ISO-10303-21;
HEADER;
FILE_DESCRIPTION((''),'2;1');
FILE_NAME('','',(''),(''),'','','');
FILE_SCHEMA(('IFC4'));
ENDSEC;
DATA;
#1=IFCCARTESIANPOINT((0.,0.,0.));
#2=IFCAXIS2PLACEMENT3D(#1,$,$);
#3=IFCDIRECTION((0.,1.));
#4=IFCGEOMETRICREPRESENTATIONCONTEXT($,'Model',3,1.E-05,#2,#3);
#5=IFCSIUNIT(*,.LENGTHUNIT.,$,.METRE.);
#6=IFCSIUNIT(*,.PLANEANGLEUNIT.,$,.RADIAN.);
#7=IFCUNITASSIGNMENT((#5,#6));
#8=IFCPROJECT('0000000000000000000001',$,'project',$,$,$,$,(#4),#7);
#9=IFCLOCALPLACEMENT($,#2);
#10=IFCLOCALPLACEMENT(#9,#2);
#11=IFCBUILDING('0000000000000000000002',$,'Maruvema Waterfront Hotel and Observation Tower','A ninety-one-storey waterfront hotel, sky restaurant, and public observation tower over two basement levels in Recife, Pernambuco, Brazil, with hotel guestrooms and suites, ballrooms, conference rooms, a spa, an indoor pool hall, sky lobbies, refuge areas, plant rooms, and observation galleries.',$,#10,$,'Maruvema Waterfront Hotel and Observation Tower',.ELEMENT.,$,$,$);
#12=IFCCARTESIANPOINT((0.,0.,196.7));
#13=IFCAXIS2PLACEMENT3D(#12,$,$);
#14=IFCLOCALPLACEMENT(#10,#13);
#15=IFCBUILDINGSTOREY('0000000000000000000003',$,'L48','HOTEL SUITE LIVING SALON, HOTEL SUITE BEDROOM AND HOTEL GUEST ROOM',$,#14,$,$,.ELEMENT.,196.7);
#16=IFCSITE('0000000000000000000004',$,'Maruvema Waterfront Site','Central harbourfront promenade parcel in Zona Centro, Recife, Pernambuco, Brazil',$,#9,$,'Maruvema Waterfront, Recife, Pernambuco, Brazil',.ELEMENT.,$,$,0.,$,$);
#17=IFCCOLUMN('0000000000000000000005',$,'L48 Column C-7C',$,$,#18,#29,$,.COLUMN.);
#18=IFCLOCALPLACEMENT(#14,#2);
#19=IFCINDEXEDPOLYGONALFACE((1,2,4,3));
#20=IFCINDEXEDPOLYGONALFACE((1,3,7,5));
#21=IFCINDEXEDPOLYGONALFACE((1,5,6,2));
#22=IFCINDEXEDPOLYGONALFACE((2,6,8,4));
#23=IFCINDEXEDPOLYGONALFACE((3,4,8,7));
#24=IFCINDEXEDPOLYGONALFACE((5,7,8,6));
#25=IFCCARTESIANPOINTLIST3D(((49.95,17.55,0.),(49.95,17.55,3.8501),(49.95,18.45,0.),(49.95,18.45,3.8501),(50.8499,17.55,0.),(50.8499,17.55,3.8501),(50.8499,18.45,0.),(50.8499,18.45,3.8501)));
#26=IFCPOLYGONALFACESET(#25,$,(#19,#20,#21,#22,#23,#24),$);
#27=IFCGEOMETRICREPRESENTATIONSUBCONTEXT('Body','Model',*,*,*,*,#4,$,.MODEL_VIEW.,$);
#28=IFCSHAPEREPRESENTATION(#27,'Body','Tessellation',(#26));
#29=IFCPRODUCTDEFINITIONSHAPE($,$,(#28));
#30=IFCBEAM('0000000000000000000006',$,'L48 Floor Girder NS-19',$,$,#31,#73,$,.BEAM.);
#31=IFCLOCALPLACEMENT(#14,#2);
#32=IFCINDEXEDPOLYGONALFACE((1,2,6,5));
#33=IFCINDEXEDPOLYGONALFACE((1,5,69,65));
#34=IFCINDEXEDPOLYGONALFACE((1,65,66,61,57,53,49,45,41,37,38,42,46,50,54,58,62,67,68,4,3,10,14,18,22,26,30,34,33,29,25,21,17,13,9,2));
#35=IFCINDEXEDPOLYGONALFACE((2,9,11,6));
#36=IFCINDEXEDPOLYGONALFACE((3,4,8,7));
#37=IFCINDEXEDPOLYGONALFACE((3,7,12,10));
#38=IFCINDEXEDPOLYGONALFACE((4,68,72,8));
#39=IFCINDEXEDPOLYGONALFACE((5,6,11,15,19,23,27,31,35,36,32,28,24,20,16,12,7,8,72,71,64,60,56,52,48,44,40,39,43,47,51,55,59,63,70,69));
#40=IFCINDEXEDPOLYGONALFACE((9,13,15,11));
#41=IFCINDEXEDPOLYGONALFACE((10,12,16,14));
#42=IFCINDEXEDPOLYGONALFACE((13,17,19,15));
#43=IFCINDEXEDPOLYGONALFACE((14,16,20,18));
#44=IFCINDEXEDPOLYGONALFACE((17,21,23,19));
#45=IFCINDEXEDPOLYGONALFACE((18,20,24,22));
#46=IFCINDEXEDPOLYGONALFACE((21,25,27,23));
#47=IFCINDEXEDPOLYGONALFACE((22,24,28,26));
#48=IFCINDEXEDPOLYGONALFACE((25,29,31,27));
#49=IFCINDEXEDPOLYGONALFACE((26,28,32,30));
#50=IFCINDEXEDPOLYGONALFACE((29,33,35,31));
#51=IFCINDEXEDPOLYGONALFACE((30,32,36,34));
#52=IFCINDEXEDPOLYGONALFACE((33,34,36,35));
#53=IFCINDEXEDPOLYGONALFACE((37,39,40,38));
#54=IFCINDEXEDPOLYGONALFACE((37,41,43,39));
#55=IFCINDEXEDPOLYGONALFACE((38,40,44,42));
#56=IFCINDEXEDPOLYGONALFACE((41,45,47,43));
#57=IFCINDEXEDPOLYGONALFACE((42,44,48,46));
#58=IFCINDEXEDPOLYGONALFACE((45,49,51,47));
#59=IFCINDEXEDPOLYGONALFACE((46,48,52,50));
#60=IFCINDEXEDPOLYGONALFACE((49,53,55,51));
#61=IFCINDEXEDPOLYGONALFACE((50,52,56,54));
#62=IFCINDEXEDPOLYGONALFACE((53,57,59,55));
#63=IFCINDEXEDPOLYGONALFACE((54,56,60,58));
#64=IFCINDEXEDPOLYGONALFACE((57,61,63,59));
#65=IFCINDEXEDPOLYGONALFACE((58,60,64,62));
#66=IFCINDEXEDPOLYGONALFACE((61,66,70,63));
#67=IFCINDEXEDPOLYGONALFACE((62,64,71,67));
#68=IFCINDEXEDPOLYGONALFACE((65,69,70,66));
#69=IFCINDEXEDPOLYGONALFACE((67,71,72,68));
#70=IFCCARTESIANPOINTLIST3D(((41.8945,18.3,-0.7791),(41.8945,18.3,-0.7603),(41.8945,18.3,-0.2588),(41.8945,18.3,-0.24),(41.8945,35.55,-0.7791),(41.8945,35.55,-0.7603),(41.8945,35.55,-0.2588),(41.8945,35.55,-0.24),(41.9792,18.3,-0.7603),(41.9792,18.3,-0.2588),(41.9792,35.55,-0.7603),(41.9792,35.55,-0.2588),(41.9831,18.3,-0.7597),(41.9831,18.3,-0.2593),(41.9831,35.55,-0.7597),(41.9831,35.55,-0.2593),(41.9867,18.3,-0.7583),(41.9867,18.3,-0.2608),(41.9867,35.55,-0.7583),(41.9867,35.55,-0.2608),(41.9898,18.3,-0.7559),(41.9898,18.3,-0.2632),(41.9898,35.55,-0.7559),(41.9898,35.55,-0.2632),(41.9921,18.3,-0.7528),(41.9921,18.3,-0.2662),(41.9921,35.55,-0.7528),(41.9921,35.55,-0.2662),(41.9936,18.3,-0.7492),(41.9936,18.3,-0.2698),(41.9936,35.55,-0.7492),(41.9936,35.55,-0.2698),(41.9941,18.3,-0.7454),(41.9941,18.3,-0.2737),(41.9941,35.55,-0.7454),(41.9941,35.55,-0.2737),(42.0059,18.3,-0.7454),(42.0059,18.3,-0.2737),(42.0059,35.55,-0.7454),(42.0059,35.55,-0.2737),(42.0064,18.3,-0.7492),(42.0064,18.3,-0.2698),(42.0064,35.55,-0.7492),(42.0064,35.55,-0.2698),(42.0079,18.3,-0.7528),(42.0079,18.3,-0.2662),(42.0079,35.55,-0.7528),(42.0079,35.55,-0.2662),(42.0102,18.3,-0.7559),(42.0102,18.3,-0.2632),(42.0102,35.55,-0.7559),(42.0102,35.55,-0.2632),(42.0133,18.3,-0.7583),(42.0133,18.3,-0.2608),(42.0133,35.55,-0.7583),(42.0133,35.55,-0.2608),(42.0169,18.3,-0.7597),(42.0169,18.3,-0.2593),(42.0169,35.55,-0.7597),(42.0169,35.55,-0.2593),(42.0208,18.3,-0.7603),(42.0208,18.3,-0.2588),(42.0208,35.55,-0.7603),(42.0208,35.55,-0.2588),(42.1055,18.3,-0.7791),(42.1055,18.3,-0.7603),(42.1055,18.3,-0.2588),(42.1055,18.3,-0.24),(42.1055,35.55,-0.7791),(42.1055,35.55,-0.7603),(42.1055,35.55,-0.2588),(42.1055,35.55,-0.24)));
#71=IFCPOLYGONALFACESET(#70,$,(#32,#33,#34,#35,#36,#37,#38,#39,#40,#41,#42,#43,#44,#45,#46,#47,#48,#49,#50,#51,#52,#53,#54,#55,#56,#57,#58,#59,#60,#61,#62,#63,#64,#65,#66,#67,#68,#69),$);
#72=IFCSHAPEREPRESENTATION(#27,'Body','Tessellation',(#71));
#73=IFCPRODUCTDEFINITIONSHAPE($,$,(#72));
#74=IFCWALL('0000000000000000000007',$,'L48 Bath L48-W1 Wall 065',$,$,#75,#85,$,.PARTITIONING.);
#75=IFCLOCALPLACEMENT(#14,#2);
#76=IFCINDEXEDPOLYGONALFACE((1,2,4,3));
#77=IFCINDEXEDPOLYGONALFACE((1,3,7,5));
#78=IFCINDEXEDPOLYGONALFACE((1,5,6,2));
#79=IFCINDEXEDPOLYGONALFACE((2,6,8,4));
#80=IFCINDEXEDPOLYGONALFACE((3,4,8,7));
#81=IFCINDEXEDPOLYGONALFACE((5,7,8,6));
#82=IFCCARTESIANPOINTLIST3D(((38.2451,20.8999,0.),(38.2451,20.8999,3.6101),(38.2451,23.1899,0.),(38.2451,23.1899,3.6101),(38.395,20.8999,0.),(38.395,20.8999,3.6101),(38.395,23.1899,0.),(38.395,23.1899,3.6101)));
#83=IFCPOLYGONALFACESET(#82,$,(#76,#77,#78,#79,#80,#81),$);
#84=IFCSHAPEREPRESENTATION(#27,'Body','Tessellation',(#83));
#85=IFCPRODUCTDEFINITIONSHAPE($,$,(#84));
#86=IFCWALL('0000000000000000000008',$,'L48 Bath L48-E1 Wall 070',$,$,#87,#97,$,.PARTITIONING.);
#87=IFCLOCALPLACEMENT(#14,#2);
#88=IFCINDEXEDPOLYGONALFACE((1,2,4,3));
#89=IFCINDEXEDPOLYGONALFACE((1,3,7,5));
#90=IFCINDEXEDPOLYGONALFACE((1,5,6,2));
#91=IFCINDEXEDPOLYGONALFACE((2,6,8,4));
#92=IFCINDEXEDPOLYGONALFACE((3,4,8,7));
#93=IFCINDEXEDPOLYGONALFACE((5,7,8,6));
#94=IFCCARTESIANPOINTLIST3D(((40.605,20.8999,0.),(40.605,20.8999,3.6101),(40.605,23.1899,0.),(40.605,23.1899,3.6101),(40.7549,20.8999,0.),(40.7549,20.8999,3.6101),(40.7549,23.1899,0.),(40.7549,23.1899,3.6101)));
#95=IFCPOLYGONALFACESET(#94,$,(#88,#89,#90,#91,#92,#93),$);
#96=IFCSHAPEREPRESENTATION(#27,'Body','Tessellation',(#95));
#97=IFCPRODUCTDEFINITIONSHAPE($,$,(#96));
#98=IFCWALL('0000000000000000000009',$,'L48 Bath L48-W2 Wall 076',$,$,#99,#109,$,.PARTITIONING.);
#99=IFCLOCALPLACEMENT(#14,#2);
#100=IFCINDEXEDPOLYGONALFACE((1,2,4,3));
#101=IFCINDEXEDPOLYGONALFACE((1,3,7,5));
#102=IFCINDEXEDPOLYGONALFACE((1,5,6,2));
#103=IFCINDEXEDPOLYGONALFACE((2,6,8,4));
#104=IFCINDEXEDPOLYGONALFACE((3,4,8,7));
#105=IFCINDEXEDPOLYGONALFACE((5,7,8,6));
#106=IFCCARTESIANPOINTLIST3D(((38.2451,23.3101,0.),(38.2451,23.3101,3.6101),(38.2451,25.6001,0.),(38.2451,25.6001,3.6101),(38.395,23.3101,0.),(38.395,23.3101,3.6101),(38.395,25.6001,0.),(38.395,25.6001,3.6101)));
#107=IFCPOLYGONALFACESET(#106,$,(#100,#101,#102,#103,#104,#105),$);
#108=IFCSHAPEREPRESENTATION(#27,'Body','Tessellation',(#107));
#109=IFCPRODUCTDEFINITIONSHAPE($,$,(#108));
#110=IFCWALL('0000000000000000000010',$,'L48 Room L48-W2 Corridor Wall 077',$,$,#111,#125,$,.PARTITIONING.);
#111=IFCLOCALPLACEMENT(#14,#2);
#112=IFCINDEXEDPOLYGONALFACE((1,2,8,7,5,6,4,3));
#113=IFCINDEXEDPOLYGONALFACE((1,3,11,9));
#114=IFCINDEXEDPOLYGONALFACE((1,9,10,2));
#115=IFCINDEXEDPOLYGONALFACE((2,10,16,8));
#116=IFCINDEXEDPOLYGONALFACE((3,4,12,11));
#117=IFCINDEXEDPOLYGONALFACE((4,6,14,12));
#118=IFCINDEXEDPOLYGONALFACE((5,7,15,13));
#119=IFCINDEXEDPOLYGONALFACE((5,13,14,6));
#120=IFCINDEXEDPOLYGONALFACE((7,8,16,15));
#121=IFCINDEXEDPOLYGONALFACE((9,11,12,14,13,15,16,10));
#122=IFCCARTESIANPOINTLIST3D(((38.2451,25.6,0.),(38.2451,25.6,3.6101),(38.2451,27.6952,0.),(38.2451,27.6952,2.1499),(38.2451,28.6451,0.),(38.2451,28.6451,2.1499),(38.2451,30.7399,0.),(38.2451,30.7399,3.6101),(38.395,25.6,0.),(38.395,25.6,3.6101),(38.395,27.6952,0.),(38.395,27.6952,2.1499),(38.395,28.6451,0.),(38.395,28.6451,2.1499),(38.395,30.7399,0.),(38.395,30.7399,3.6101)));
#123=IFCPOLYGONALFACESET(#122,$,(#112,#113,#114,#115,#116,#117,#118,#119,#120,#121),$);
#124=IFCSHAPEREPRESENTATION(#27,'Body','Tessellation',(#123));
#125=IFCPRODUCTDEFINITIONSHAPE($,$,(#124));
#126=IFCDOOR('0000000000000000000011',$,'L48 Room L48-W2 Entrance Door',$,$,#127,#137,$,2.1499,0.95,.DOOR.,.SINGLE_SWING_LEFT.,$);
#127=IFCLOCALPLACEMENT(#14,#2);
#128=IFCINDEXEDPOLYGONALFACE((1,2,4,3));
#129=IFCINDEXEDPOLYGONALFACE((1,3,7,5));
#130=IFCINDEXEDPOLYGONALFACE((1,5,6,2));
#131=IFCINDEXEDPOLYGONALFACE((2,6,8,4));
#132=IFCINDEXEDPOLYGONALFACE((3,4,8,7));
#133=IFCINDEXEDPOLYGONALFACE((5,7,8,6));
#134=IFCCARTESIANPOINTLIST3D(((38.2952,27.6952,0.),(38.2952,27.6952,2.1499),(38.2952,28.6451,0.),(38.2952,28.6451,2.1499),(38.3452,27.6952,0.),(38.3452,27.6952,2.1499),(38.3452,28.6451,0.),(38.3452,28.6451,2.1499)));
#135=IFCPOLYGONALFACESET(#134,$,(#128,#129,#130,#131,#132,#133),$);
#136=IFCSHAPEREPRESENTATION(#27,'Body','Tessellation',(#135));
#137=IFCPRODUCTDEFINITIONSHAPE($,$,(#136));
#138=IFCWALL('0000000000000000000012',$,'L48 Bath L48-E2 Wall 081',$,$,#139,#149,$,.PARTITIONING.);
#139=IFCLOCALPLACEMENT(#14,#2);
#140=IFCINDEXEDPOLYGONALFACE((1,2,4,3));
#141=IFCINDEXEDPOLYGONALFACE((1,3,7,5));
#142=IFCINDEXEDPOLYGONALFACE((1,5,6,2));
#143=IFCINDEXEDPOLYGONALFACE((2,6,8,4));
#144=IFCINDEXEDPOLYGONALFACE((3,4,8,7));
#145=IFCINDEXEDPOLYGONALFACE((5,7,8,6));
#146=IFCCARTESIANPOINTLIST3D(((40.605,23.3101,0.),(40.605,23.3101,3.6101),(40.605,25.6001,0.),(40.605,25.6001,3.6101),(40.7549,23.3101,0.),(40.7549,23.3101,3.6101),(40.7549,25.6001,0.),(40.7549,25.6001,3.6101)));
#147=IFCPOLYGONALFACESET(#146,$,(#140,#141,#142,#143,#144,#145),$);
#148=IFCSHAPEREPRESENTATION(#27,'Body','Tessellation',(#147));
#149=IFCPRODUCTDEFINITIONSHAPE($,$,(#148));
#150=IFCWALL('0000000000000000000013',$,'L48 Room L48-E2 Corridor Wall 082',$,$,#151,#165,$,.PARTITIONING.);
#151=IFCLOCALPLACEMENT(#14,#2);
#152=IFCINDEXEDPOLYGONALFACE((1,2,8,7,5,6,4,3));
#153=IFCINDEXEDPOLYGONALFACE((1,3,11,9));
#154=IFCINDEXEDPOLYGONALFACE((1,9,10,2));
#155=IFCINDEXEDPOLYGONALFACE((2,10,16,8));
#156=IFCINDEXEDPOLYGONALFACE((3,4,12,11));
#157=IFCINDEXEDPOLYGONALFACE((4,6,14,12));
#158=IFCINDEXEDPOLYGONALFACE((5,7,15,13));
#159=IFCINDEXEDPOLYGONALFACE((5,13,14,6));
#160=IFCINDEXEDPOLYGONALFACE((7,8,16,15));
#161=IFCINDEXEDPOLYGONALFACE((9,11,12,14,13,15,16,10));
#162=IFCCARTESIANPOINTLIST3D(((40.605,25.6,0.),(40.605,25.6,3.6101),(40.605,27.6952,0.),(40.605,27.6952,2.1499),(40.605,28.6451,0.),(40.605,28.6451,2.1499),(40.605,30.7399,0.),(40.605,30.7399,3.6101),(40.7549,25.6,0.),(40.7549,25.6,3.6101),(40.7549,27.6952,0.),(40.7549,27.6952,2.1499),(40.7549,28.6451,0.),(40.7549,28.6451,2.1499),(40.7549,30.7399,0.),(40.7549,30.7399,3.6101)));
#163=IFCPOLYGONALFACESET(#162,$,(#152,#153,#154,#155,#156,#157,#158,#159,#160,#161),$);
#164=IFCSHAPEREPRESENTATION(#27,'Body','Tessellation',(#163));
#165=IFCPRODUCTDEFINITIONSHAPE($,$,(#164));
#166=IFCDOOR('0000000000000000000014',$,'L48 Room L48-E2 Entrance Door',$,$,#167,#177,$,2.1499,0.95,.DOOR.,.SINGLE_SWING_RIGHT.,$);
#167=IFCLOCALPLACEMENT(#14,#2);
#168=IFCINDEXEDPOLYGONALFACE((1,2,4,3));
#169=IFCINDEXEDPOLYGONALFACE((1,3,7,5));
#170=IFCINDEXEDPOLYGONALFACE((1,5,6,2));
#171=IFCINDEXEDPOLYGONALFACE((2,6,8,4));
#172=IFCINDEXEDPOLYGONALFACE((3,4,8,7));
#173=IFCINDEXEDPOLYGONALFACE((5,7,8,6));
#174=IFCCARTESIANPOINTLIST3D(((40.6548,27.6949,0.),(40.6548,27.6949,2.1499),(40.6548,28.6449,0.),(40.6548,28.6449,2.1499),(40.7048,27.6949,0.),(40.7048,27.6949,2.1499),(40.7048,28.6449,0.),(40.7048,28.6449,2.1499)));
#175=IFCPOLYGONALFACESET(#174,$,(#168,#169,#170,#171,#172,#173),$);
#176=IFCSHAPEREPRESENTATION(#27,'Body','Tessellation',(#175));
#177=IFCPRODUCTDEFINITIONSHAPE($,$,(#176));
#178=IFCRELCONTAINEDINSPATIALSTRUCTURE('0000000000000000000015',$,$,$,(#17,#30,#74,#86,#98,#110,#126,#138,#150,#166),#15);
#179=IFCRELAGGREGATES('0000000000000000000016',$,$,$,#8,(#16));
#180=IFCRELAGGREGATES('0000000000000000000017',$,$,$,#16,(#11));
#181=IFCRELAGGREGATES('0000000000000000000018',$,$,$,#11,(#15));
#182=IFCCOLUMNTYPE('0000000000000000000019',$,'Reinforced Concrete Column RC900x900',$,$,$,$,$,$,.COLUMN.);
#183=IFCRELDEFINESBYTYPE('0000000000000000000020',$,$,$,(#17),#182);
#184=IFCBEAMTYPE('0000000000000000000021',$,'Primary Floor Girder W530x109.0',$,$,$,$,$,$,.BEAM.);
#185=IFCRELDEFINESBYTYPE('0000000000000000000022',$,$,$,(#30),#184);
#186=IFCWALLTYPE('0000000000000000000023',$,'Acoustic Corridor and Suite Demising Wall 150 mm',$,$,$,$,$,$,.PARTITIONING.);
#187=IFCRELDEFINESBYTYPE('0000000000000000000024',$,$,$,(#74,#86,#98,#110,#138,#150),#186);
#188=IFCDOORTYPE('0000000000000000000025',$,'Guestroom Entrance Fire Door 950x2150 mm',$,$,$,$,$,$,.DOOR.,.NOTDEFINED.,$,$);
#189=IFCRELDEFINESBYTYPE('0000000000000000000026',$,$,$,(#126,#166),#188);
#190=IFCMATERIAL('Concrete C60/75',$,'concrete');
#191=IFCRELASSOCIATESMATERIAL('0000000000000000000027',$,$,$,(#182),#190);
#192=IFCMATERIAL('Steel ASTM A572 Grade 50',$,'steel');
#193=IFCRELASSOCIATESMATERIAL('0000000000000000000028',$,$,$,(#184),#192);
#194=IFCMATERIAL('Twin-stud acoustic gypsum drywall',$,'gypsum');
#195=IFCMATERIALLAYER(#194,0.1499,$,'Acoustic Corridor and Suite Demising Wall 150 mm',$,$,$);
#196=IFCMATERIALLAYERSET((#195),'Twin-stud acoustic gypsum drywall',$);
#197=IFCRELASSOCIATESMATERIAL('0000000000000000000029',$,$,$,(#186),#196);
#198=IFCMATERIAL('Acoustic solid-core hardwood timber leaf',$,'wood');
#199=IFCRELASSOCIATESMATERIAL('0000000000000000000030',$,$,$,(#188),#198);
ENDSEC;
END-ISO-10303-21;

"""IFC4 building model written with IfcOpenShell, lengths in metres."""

from ifc_helpers import new_model, si_unit, direction, frame, frame_2d, origin, origin_2d, place, context, subcontext, project, spatial, rectangle, i_section, extrude, material, layer, layer_set, material_profile, profile_set, type_object, element, fill, save


model = new_model("IFC4")

# Units and contexts
model_context = context("Model", 3, precision=1e-05, world=origin(), true_north=direction((0.0, 1.0)))
body_context = subcontext(model_context, "Body", "Model", "MODEL_VIEW")
ifc_project = project(units=[si_unit("LENGTHUNIT", "METRE"), si_unit("PLANEANGLEUNIT", "RADIAN")], contexts=[model_context])

# Site, building, storey
site_placement = place(None, origin())
site = spatial("IfcSite", under=ifc_project, at=site_placement, Name="Maruvema Waterfront Site", Description="Central harbourfront promenade parcel in Zona Centro, Recife, Pernambuco, Brazil", LongName="Maruvema Waterfront, Recife, Pernambuco, Brazil", CompositionType="ELEMENT", RefElevation=0.0)
building_placement = place(site_placement, origin())
building = spatial("IfcBuilding", under=site, at=building_placement, Name="Maruvema Waterfront Hotel and Observation Tower", Description="A ninety-one-storey waterfront hotel, sky restaurant, and public observation tower over two basement levels in Recife, Pernambuco, Brazil, with hotel guestrooms and suites, ballrooms, conference rooms, a spa, an indoor pool hall, sky lobbies, refuge areas, plant rooms, and observation galleries.", LongName="Maruvema Waterfront Hotel and Observation Tower", CompositionType="ELEMENT")
storey_placement = place(building_placement, frame((0.0, 0.0, 196.7)))
storey = spatial("IfcBuildingStorey", under=building, at=storey_placement, Name="L48", Description="HOTEL SUITE LIVING SALON, HOTEL SUITE BEDROOM AND HOTEL GUEST ROOM", CompositionType="ELEMENT", Elevation=196.7)

# Column
ifc_material_1 = material(Name="Concrete C60/75", Category="concrete")
ifc_material_profile_1 = material_profile(ifc_material_1, rectangle(XDim=0.8999, YDim=0.8999, at=origin_2d()), Name="RC900x900")
ifc_profile_set_1 = profile_set([ifc_material_profile_1], Name="Concrete C60/75")
column_type = type_object("IfcColumnType", Name="Reinforced Concrete Column RC900x900", PredefinedType="COLUMN", material=ifc_profile_set_1)
column_placement = place(storey_placement, frame((50.3999, 18.0, 0.0), z_axis=(0.0, 0.0, 1.0), x_axis=(1.0, 0.0, 0.0)))
element("IfcColumn", 1, at=column_placement, inside=storey, type_object=column_type, Name="L48 Column C-7C", PredefinedType="COLUMN", context=body_context, shape_type="SweptSolid", body=[
    extrude(rectangle(XDim=0.8999, YDim=0.8999, at=origin_2d()), origin(), (0.0, 0.0, 1.0), 3.8501),
])

# Beam
ifc_material_2 = material(Name="Steel ASTM A572 Grade 50", Category="steel")
ifc_material_profile_2 = material_profile(ifc_material_2, i_section(OverallWidth=0.2109, OverallDepth=0.5391, WebThickness=0.0117, FlangeThickness=0.0188, FilletRadius=0.0149, at=origin_2d()), Name="W530x109.0")
ifc_profile_set_2 = profile_set([ifc_material_profile_2], Name="Steel ASTM A572 Grade 50")
beam_type = type_object("IfcBeamType", Name="Primary Floor Girder W530x109.0", PredefinedType="BEAM", material=ifc_profile_set_2)
beam_placement = place(storey_placement, frame((42.0, 18.3, -0.5095), z_axis=(0.0, 1.0, 0.0), x_axis=(-1.0, 0.0, 0.0)))
element("IfcBeam", 2, at=beam_placement, inside=storey, type_object=beam_type, Name="L48 Floor Girder NS-19", PredefinedType="BEAM", context=body_context, shape_type="SweptSolid", body=[
    extrude(i_section(OverallWidth=0.2109, OverallDepth=0.5391, WebThickness=0.0117, FlangeThickness=0.0188, FilletRadius=0.0149, at=origin_2d()), origin(), (0.0, 0.0, 1.0), 17.25),
])

# Walls
ifc_material_3 = material(Name="Twin-stud acoustic gypsum drywall", Category="gypsum")
ifc_layer_1 = layer(ifc_material_3, 0.1499, Name="Acoustic Corridor and Suite Demising Wall 150 mm")
ifc_layer_set_1 = layer_set([ifc_layer_1], Name="Twin-stud acoustic gypsum drywall")
wall_type_1 = type_object("IfcWallType", Name="Acoustic Corridor and Suite Demising Wall 150 mm", PredefinedType="PARTITIONING", material=ifc_layer_set_1)
for number, where, z_axis, x_axis, name in (
    (3, (38.3201, 20.8999, 0.0), (0.0, 0.0, 1.0), (0.0, 1.0, 0.0), "L48 Bath L48-W1 Wall 065"),
    (4, (40.6799, 20.8999, 0.0), (0.0, 0.0, 1.0), (0.0, 1.0, 0.0), "L48 Bath L48-E1 Wall 070"),
    (5, (38.3201, 23.3101, 0.0), (0.0, 0.0, 1.0), (0.0, 1.0, 0.0), "L48 Bath L48-W2 Wall 076"),
):
    element("IfcWall", number, at=place(storey_placement, frame(where, z_axis=z_axis, x_axis=x_axis)), inside=storey, type_object=wall_type_1, Name=name, PredefinedType="PARTITIONING", context=body_context, shape_type="SweptSolid", body=[
        extrude(rectangle(XDim=2.29, YDim=0.1499, at=frame_2d((1.145, 0.0))), origin(), (0.0, 0.0, 1.0), 3.6101),
    ])

# Wall, opening, door
wall_1_placement = place(storey_placement, frame((38.3201, 25.6001, 0.0), z_axis=(0.0, 0.0, 1.0), x_axis=(0.0, 1.0, 0.0)))
wall_1 = element("IfcWall", 6, at=wall_1_placement, inside=storey, type_object=wall_type_1, Name="L48 Room L48-W2 Corridor Wall 077", PredefinedType="PARTITIONING", context=body_context, shape_type="SweptSolid", body=[
    extrude(rectangle(XDim=5.1399, YDim=0.1499, at=frame_2d((2.5698, 0.0))), origin(), (0.0, 0.0, 1.0), 3.6101),
])
opening_1_placement = place(wall_1_placement, frame((2.095, 0.0, 0.0)))
opening_1 = element("IfcOpeningElement", 7, at=opening_1_placement, cuts=wall_1, PredefinedType="OPENING", context=body_context, shape_type="SweptSolid", body=[
    extrude(rectangle(XDim=0.95, YDim=2.1499, at=frame_2d((0.4751, 1.075))), frame((0.0, 0.085, 0.0), z_axis=(0.0, -1.0, 0.0), x_axis=(1.0, 0.0, 0.0)), (0.0, 0.0, 1.0), 0.1699),
])
ifc_material_4 = material(Name="Acoustic solid-core hardwood timber leaf", Category="wood")
door_type_1 = type_object("IfcDoorType", Name="Guestroom Entrance Fire Door 950x2150 mm", OperationType="NOTDEFINED", PredefinedType="DOOR", material=ifc_material_4)
door_1_placement = place(opening_1_placement, origin())
door_1 = element("IfcDoor", 8, at=door_1_placement, inside=storey, type_object=door_type_1, Name="L48 Room L48-W2 Entrance Door", OperationType="SINGLE_SWING_LEFT", OverallHeight=2.1499, OverallWidth=0.95, PredefinedType="DOOR", context=body_context, shape_type="SweptSolid", body=[
    extrude(rectangle(XDim=0.95, YDim=2.1499, at=frame_2d((0.4751, 1.075))), frame((0.0, 0.0249, 0.0), z_axis=(0.0, -1.0, 0.0), x_axis=(1.0, 0.0, 0.0)), (0.0, 0.0, 1.0), 0.05),
])
fill(opening_1, door_1)

# Wall
wall_2_placement = place(storey_placement, frame((40.6799, 23.3101, 0.0), z_axis=(0.0, 0.0, 1.0), x_axis=(0.0, 1.0, 0.0)))
element("IfcWall", 9, at=wall_2_placement, inside=storey, type_object=wall_type_1, Name="L48 Bath L48-E2 Wall 081", PredefinedType="PARTITIONING", context=body_context, shape_type="SweptSolid", body=[
    extrude(rectangle(XDim=2.29, YDim=0.1499, at=frame_2d((1.145, 0.0))), origin(), (0.0, 0.0, 1.0), 3.6101),
])

# Wall, opening, door
wall_3_placement = place(storey_placement, frame((40.6799, 25.6001, 0.0), z_axis=(0.0, 0.0, 1.0), x_axis=(0.0, 1.0, 0.0)))
wall_3 = element("IfcWall", 10, at=wall_3_placement, inside=storey, type_object=wall_type_1, Name="L48 Room L48-E2 Corridor Wall 082", PredefinedType="PARTITIONING", context=body_context, shape_type="SweptSolid", body=[
    extrude(rectangle(XDim=5.1399, YDim=0.1499, at=frame_2d((2.5698, 0.0))), origin(), (0.0, 0.0, 1.0), 3.6101),
])
opening_2_placement = place(wall_3_placement, frame((2.095, 0.0, 0.0)))
opening_2 = element("IfcOpeningElement", 11, at=opening_2_placement, cuts=wall_3, PredefinedType="OPENING", context=body_context, shape_type="SweptSolid", body=[
    extrude(rectangle(XDim=0.95, YDim=2.1499, at=frame_2d((0.4751, 1.075))), frame((0.0, 0.085, 0.0), z_axis=(0.0, -1.0, 0.0), x_axis=(1.0, 0.0, 0.0)), (0.0, 0.0, 1.0), 0.1699),
])
door_2_placement = place(opening_2_placement, frame((0.95, 0.0, 0.0), z_axis=(0.0, 0.0, 1.0), x_axis=(-1.0, 0.0, 0.0)))
door_2 = element("IfcDoor", 12, at=door_2_placement, inside=storey, type_object=door_type_1, Name="L48 Room L48-E2 Entrance Door", OperationType="SINGLE_SWING_RIGHT", OverallHeight=2.1499, OverallWidth=0.95, PredefinedType="DOOR", context=body_context, shape_type="SweptSolid", body=[
    extrude(rectangle(XDim=0.95, YDim=2.1499, at=frame_2d((0.4751, 1.075))), frame((0.0, 0.0249, 0.0), z_axis=(0.0, -1.0, 0.0), x_axis=(1.0, 0.0, 0.0)), (0.0, 0.0, 1.0), 0.05),
])
fill(opening_2, door_2)

save(model, "model.ifc")
